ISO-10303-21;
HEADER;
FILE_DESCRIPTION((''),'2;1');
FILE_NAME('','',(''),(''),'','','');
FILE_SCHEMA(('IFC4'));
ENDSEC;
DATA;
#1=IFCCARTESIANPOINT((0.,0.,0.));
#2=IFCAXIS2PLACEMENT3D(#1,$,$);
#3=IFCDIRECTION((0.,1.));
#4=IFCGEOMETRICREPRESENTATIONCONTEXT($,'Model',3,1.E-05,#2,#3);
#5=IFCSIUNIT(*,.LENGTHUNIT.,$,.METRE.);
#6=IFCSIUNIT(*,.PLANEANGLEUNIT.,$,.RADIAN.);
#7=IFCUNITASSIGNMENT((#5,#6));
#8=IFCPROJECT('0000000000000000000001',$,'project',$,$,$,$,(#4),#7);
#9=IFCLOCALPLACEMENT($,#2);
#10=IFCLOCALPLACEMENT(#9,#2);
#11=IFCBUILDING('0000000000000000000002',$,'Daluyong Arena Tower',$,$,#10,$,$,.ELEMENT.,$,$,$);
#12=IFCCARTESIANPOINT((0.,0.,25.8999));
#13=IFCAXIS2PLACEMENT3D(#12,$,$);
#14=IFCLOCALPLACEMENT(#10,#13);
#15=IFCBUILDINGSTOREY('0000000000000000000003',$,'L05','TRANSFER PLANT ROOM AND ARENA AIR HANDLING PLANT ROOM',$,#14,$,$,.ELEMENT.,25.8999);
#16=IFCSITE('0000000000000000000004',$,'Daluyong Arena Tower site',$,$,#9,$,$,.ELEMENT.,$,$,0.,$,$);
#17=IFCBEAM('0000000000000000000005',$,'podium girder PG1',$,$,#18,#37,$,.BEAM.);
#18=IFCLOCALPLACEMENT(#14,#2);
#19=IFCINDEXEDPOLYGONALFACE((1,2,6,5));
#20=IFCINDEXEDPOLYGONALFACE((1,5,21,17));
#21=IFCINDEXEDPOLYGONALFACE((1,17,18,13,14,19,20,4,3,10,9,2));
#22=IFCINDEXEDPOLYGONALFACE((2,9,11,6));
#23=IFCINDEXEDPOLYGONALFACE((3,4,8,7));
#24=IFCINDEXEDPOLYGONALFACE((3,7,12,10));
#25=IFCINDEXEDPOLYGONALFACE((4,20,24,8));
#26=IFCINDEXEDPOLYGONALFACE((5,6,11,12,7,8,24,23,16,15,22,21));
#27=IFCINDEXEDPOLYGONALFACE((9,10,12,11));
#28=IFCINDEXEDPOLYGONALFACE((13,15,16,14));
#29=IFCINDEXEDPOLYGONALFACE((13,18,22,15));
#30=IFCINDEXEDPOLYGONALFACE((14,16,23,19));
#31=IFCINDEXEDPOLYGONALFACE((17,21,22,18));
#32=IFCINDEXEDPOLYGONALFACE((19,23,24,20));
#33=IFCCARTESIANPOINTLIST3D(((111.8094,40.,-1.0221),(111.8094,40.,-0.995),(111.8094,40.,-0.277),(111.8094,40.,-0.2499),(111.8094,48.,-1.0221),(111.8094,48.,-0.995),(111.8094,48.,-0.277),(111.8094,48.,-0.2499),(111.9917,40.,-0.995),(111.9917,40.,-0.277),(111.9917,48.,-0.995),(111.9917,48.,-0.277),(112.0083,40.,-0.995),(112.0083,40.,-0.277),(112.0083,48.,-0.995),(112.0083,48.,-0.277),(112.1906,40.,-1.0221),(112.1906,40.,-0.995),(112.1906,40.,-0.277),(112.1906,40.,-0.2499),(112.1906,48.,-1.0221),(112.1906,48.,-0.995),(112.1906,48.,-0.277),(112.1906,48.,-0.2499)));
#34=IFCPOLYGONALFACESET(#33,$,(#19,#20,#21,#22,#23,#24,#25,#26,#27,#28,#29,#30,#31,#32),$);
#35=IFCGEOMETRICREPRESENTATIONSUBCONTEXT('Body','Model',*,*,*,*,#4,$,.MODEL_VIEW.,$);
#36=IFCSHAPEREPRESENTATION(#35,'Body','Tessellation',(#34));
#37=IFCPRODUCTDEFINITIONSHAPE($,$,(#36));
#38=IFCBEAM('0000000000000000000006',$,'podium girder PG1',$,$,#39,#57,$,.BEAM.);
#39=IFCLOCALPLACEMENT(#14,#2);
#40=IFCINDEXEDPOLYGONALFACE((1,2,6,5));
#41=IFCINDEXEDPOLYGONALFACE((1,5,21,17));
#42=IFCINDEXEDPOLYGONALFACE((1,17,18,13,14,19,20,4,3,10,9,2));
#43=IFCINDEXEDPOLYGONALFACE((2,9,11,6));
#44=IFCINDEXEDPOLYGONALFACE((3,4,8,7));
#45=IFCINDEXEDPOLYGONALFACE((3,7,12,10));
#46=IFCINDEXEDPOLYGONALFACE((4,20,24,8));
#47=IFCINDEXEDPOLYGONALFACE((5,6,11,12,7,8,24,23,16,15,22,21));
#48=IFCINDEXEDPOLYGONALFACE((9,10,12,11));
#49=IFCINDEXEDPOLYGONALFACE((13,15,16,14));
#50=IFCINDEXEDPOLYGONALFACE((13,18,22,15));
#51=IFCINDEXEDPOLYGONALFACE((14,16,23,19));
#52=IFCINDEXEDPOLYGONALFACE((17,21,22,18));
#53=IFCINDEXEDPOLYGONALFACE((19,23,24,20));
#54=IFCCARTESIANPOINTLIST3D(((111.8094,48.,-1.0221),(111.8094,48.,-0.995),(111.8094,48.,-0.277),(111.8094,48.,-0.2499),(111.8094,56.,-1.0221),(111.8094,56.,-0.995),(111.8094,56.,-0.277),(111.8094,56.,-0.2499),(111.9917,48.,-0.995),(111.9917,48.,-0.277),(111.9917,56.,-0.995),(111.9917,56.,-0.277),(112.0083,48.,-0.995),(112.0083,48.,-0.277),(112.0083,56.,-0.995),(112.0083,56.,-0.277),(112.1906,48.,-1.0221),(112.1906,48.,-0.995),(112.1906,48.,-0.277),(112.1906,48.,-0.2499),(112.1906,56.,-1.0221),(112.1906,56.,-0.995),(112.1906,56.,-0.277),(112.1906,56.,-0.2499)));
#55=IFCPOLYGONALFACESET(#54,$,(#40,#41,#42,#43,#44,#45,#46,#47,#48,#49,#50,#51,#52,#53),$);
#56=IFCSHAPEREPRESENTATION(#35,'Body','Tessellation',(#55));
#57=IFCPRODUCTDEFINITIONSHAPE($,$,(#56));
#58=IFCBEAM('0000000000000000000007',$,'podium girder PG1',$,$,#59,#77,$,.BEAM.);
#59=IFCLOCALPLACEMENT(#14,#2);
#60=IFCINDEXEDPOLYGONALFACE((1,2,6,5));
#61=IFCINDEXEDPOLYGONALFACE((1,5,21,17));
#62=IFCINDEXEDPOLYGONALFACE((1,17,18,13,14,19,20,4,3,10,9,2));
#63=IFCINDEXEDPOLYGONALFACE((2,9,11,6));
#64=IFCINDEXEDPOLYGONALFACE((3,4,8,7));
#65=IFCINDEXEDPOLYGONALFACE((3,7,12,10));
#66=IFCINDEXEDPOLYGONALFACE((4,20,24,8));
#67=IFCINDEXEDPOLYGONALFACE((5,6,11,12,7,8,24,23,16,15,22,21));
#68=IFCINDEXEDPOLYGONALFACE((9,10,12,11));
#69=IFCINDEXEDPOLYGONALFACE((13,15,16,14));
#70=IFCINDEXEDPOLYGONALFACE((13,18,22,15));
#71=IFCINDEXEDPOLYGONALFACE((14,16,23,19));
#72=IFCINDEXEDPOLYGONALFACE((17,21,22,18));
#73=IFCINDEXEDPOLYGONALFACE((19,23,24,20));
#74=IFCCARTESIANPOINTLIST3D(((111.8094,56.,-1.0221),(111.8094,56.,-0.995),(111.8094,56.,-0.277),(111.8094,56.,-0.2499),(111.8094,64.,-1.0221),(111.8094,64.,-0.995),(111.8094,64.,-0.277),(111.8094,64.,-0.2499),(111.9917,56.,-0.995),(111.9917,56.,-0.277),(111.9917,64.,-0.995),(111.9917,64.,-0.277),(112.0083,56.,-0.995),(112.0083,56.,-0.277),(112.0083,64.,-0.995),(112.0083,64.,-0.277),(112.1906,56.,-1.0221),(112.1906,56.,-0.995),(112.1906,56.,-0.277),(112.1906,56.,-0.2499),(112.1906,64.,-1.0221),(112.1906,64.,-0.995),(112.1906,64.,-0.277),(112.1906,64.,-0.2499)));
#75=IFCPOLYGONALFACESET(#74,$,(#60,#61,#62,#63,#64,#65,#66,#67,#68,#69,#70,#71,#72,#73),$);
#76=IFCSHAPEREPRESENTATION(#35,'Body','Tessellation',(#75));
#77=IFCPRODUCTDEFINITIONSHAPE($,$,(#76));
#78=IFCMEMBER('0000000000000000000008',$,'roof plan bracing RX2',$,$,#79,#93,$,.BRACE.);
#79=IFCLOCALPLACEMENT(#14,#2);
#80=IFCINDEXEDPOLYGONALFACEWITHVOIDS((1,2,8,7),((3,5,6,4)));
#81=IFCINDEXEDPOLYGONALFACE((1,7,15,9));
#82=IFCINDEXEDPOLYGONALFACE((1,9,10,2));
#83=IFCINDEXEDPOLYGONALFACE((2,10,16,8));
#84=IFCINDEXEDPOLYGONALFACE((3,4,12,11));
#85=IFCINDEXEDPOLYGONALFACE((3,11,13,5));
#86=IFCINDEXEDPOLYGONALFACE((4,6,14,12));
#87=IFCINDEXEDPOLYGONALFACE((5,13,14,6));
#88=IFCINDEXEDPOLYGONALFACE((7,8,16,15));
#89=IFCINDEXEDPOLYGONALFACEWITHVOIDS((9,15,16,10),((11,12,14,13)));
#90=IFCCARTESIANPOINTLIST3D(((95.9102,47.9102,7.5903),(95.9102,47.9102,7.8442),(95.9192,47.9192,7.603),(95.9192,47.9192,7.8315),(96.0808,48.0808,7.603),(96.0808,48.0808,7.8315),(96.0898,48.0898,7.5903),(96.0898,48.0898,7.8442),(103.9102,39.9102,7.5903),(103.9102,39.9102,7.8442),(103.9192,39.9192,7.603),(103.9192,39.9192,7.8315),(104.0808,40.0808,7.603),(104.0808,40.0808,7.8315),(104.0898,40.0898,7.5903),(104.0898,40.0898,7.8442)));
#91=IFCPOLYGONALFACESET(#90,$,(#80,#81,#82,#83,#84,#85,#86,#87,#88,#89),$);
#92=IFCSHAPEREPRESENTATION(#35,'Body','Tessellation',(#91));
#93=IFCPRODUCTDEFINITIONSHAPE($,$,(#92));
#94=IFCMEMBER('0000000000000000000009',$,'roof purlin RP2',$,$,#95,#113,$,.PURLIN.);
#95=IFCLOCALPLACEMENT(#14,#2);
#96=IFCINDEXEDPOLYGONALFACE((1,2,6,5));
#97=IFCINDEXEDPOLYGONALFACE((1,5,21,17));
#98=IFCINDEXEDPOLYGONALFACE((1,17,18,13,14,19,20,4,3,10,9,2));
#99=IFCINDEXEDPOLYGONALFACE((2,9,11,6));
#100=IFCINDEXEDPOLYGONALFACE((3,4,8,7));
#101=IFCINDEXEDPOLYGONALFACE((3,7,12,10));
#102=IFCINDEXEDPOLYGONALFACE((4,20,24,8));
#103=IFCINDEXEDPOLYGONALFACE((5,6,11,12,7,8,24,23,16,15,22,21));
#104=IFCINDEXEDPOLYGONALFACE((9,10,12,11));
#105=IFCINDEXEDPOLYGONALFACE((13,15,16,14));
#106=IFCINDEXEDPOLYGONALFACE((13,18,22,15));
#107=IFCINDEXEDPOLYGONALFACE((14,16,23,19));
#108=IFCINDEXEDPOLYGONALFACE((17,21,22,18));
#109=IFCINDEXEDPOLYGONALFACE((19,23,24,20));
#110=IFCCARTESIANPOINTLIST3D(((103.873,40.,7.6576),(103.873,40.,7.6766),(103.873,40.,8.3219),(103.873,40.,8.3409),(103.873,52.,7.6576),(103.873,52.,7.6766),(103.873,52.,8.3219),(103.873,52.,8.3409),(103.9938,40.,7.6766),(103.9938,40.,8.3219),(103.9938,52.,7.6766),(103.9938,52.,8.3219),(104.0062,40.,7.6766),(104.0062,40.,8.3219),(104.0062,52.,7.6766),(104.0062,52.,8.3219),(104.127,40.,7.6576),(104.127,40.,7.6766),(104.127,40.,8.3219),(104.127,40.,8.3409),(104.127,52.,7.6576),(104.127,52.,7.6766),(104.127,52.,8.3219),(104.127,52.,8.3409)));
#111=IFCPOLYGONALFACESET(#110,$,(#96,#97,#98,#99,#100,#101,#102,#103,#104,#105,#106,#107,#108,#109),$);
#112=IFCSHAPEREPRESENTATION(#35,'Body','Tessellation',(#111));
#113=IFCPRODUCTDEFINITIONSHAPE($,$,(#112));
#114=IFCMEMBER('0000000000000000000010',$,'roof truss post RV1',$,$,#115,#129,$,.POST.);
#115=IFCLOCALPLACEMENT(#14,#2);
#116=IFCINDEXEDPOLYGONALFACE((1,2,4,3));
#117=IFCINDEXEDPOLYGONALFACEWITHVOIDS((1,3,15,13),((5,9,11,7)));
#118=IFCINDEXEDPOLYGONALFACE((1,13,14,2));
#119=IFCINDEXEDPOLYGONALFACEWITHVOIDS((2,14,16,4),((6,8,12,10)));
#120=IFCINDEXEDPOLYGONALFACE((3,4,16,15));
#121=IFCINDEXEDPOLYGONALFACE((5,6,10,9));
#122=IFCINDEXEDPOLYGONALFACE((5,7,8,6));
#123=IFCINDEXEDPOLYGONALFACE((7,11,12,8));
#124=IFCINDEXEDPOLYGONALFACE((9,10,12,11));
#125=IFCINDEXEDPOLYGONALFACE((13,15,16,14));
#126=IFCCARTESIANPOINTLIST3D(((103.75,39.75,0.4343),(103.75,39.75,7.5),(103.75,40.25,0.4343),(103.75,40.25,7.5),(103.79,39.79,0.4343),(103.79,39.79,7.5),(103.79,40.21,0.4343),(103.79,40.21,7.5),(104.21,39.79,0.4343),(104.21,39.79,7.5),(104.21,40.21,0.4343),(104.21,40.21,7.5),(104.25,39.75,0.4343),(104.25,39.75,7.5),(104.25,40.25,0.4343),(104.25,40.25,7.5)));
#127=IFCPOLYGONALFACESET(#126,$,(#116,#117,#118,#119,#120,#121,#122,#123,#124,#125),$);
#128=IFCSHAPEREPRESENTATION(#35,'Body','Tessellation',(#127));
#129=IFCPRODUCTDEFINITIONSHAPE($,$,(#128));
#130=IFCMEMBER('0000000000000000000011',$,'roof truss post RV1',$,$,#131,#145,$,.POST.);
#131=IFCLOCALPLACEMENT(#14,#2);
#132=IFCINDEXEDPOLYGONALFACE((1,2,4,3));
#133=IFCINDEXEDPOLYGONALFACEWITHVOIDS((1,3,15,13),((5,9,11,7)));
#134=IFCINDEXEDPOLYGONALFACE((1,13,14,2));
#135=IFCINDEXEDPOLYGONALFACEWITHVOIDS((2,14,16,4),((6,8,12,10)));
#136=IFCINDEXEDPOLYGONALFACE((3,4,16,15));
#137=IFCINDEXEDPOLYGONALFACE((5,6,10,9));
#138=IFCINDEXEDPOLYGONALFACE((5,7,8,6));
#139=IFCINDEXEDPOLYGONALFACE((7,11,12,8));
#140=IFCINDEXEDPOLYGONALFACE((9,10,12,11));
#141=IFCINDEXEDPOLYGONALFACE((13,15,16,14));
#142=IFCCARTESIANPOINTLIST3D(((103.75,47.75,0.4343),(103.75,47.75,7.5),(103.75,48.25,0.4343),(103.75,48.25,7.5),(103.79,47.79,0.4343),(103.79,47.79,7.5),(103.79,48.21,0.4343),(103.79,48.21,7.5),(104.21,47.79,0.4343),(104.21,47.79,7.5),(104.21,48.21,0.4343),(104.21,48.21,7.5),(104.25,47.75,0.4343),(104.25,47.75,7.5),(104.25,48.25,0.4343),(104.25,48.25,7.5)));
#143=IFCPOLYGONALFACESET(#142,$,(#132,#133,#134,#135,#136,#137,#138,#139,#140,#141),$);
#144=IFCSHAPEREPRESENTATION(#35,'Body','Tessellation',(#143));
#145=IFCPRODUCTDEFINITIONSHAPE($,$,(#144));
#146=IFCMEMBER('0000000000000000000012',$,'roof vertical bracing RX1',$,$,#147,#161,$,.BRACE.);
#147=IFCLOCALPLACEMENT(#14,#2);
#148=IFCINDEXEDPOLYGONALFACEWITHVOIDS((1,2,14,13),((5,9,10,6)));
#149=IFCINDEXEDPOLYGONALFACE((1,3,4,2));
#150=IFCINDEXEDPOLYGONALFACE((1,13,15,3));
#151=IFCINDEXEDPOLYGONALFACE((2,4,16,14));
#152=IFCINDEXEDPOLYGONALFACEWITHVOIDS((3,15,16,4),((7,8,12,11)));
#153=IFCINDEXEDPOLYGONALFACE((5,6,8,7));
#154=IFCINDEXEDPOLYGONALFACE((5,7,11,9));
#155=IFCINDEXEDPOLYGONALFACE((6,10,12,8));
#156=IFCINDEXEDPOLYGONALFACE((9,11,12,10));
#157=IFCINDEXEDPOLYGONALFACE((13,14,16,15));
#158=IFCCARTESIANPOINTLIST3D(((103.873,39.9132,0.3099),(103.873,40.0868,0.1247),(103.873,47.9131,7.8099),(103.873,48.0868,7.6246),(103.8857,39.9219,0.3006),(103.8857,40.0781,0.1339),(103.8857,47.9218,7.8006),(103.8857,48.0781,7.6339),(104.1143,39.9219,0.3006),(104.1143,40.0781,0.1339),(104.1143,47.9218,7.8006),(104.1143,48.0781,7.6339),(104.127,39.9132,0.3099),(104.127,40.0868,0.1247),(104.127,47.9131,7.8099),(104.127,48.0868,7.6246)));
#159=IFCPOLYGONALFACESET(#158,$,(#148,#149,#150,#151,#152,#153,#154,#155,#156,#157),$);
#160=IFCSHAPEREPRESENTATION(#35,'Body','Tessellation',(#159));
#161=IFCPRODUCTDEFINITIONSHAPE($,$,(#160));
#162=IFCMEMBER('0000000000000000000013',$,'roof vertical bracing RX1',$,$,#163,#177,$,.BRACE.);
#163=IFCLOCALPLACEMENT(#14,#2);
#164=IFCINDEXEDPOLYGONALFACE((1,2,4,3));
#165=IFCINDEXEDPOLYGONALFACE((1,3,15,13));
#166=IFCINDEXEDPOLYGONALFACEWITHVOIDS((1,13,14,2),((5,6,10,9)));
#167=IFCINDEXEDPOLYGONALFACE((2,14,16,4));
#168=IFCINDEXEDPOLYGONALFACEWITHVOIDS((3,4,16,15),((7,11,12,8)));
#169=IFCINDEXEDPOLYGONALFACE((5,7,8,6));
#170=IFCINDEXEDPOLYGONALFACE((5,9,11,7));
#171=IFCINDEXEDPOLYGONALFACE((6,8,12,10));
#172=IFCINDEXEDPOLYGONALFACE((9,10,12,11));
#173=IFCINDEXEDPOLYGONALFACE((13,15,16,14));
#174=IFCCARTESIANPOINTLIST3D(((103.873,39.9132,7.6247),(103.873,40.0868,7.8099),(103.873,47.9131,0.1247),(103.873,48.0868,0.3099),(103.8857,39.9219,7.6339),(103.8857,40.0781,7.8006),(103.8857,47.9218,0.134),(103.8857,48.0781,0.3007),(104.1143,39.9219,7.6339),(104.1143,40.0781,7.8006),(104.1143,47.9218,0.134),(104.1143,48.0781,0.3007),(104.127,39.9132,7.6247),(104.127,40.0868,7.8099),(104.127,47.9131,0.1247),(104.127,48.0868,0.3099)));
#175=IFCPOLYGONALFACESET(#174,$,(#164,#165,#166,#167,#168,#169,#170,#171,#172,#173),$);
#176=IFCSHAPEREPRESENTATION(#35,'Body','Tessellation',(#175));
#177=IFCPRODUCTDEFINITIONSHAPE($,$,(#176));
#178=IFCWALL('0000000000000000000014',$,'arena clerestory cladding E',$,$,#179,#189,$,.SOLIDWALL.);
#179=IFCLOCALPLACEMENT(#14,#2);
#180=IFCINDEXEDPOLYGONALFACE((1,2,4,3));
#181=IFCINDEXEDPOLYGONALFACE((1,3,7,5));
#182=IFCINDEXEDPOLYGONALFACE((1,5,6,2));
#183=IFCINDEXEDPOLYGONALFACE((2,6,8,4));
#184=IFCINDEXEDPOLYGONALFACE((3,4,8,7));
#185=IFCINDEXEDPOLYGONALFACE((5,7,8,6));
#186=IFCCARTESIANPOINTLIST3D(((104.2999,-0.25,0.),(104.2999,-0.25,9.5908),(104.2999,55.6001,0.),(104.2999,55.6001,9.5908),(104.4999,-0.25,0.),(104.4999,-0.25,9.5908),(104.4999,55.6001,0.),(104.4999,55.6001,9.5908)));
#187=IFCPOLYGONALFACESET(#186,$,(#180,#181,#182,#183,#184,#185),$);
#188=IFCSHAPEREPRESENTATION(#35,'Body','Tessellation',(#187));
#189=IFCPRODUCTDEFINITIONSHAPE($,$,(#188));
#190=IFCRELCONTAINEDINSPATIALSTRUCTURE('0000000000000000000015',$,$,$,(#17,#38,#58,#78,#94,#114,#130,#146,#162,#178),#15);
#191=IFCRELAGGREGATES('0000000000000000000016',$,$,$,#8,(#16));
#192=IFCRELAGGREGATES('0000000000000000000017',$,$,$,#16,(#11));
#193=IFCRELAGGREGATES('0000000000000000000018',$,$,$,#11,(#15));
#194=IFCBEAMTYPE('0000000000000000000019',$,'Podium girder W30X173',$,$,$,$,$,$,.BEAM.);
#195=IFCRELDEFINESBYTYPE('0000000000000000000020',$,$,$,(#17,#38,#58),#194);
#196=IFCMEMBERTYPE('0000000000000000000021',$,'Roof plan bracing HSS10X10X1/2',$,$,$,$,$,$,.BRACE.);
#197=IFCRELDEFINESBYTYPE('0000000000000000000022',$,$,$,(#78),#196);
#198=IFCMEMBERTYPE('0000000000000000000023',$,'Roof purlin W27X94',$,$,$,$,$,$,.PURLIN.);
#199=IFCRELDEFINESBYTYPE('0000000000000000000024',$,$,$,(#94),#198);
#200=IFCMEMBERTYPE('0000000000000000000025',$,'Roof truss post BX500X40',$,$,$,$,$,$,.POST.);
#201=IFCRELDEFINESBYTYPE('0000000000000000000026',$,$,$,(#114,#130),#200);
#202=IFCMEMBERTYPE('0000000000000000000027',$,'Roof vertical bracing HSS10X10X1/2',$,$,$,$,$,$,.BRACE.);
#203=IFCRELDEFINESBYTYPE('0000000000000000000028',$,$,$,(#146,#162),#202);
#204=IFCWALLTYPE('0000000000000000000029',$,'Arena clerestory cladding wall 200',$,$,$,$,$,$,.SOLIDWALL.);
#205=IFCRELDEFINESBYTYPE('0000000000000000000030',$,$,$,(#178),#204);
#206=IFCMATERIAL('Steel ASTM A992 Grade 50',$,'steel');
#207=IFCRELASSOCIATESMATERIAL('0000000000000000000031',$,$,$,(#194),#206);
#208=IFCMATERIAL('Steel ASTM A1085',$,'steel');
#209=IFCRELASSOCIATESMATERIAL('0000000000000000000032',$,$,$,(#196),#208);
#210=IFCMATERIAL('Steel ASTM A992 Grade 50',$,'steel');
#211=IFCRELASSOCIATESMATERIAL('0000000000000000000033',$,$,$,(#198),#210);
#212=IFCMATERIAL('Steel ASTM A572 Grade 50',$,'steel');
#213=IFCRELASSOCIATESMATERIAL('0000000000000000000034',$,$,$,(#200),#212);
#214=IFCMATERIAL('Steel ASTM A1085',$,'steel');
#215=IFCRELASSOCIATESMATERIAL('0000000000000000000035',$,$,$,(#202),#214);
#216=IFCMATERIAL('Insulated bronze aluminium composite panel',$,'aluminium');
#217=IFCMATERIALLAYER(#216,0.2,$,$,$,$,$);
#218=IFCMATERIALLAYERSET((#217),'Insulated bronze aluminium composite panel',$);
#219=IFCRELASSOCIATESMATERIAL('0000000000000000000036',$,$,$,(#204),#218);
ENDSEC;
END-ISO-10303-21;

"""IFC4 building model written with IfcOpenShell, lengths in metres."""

from ifc_helpers import new_model, si_unit, direction, frame, frame_2d, origin, origin_2d, place, context, subcontext, project, spatial, rectangle, hollow_rectangle, i_section, extrude, material, layer, layer_set, material_profile, profile_set, type_object, element, save


model = new_model("IFC4")

# Units and contexts
model_context = context("Model", 3, precision=1e-05, world=origin(), true_north=direction((0.0, 1.0)))
body_context = subcontext(model_context, "Body", "Model", "MODEL_VIEW")
ifc_project = project(units=[si_unit("LENGTHUNIT", "METRE"), si_unit("PLANEANGLEUNIT", "RADIAN")], contexts=[model_context])

# Site, building, storey
site_placement = place(None, origin())
site = spatial("IfcSite", under=ifc_project, at=site_placement, Name="Daluyong Arena Tower site", CompositionType="ELEMENT", RefElevation=0.0)
building_placement = place(site_placement, origin())
building = spatial("IfcBuilding", under=site, at=building_placement, Name="Daluyong Arena Tower", CompositionType="ELEMENT")
storey_placement = place(building_placement, frame((0.0, 0.0, 25.8999)))
storey = spatial("IfcBuildingStorey", under=building, at=storey_placement, Name="L05", Description="TRANSFER PLANT ROOM AND ARENA AIR HANDLING PLANT ROOM", CompositionType="ELEMENT", Elevation=25.8999)

# Beams
ifc_material_1 = material(Name="Steel ASTM A992 Grade 50", Category="steel")
ifc_material_profile_1 = material_profile(ifc_material_1, i_section(OverallWidth=0.3811, OverallDepth=0.7722, WebThickness=0.0166, FlangeThickness=0.0271, at=origin_2d()))
ifc_profile_set_1 = profile_set([ifc_material_profile_1], Name="Steel ASTM A992 Grade 50")
beam_type_1 = type_object("IfcBeamType", Name="Podium girder W30X173", PredefinedType="BEAM", material=ifc_profile_set_1)
for number, where, z_axis, x_axis, name in (
    (1, (112.0, 40.0, -0.636), (0.0, 1.0, 0.0), (-1.0, 0.0, 0.0), "podium girder PG1"),
    (2, (112.0, 48.0, -0.636), (0.0, 1.0, 0.0), (-1.0, 0.0, 0.0), "podium girder PG1"),
    (3, (112.0, 56.0, -0.636), (0.0, 1.0, 0.0), (-1.0, 0.0, 0.0), "podium girder PG1"),
):
    element("IfcBeam", number, at=place(storey_placement, frame(where, z_axis=z_axis, x_axis=x_axis)), inside=storey, type_object=beam_type_1, Name=name, PredefinedType="BEAM", context=body_context, shape_type="SweptSolid", body=[
        extrude(i_section(OverallWidth=0.3811, OverallDepth=0.7722, WebThickness=0.0166, FlangeThickness=0.0271, at=origin_2d()), origin(), (0.0, 0.0, 1.0), 8.0),
    ])

# Members
ifc_material_2 = material(Name="Steel ASTM A1085", Category="steel")
ifc_material_profile_2 = material_profile(ifc_material_2, hollow_rectangle(XDim=0.2539, YDim=0.2539, WallThickness=0.0127, at=origin_2d()))
ifc_profile_set_2 = profile_set([ifc_material_profile_2], Name="Steel ASTM A1085")
member_type_1 = type_object("IfcMemberType", Name="Roof plan bracing HSS10X10X1/2", PredefinedType="BRACE", material=ifc_profile_set_2)
member_1_placement = place(storey_placement, frame((104.0, 40.0, 7.7173), z_axis=(-0.707107, 0.707107, 0.0), x_axis=(-0.707107, -0.707107, 0.0)))
element("IfcMember", 4, at=member_1_placement, inside=storey, type_object=member_type_1, Name="roof plan bracing RX2", PredefinedType="BRACE", context=body_context, shape_type="SweptSolid", body=[
    extrude(hollow_rectangle(XDim=0.2539, YDim=0.2539, WallThickness=0.0127, at=origin_2d()), origin(), (0.0, 0.0, 1.0), 11.3137),
])
ifc_material_3 = material(Name="Steel ASTM A992 Grade 50", Category="steel")
ifc_material_profile_3 = material_profile(ifc_material_3, i_section(OverallWidth=0.2539, OverallDepth=0.6833, WebThickness=0.0125, FlangeThickness=0.019, at=origin_2d()))
ifc_profile_set_3 = profile_set([ifc_material_profile_3], Name="Steel ASTM A992 Grade 50")
member_type_2 = type_object("IfcMemberType", Name="Roof purlin W27X94", PredefinedType="PURLIN", material=ifc_profile_set_3)
member_2_placement = place(storey_placement, frame((104.0, 40.0, 7.9993), z_axis=(0.0, 1.0, 0.0), x_axis=(-1.0, 0.0, 0.0)))
element("IfcMember", 5, at=member_2_placement, inside=storey, type_object=member_type_2, Name="roof purlin RP2", PredefinedType="PURLIN", context=body_context, shape_type="SweptSolid", body=[
    extrude(i_section(OverallWidth=0.2539, OverallDepth=0.6833, WebThickness=0.0125, FlangeThickness=0.019, at=origin_2d()), origin(), (0.0, 0.0, 1.0), 12.0),
])
ifc_material_4 = material(Name="Steel ASTM A572 Grade 50", Category="steel")
ifc_material_profile_4 = material_profile(ifc_material_4, hollow_rectangle(XDim=0.5, YDim=0.5, WallThickness=0.04, at=origin_2d()))
ifc_profile_set_4 = profile_set([ifc_material_profile_4], Name="Steel ASTM A572 Grade 50")
member_type_3 = type_object("IfcMemberType", Name="Roof truss post BX500X40", PredefinedType="POST", material=ifc_profile_set_4)
for number, where, z_axis, x_axis, name in (
    (6, (104.0, 40.0, 0.4343), (0.0, 0.0, 1.0), (1.0, 0.0, 0.0), "roof truss post RV1"),
    (7, (104.0, 48.0, 0.4343), (0.0, 0.0, 1.0), (1.0, 0.0, 0.0), "roof truss post RV1"),
):
    element("IfcMember", number, at=place(storey_placement, frame(where, z_axis=z_axis, x_axis=x_axis)), inside=storey, type_object=member_type_3, Name=name, PredefinedType="POST", context=body_context, shape_type="SweptSolid", body=[
        extrude(hollow_rectangle(XDim=0.5, YDim=0.5, WallThickness=0.04, at=origin_2d()), origin(), (0.0, 0.0, 1.0), 7.0657),
    ])
ifc_material_5 = material(Name="Steel ASTM A1085", Category="steel")
ifc_material_profile_5 = material_profile(ifc_material_5, hollow_rectangle(XDim=0.2539, YDim=0.2539, WallThickness=0.0127, at=origin_2d()))
ifc_profile_set_5 = profile_set([ifc_material_profile_5], Name="Steel ASTM A1085")
member_type_4 = type_object("IfcMemberType", Name="Roof vertical bracing HSS10X10X1/2", PredefinedType="BRACE", material=ifc_profile_set_5)
for number, where, z_axis, x_axis, name in (
    (8, (104.0, 40.0, 0.2173), (0.0, 0.729537, 0.683941), (-1.0, 0.0, 0.0), "roof vertical bracing RX1"),
    (9, (104.0, 40.0, 7.7173), (0.0, 0.729537, -0.683941), (-1.0, 0.0, 0.0), "roof vertical bracing RX1"),
):
    element("IfcMember", number, at=place(storey_placement, frame(where, z_axis=z_axis, x_axis=x_axis)), inside=storey, type_object=member_type_4, Name=name, PredefinedType="BRACE", context=body_context, shape_type="SweptSolid", body=[
        extrude(hollow_rectangle(XDim=0.2539, YDim=0.2539, WallThickness=0.0127, at=origin_2d()), origin(), (0.0, 0.0, 1.0), 10.9658),
    ])

# Wall
ifc_material_6 = material(Name="Insulated bronze aluminium composite panel", Category="aluminium")
ifc_layer = layer(ifc_material_6, 0.2)
ifc_layer_set = layer_set([ifc_layer], Name="Insulated bronze aluminium composite panel")
wall_type = type_object("IfcWallType", Name="Arena clerestory cladding wall 200", PredefinedType="SOLIDWALL", material=ifc_layer_set)
wall_1_placement = place(storey_placement, frame((104.3999, 55.6001, 0.0), z_axis=(0.0, 0.0, 1.0), x_axis=(0.0, -1.0, 0.0)))
element("IfcWall", 10, at=wall_1_placement, inside=storey, type_object=wall_type, Name="arena clerestory cladding E", PredefinedType="SOLIDWALL", context=body_context, shape_type="SweptSolid", body=[
    extrude(rectangle(XDim=55.8501, YDim=0.2, at=frame_2d((27.925, 0.0))), origin(), (0.0, 0.0, 1.0), 9.5908),
])

save(model, "model.ifc")
